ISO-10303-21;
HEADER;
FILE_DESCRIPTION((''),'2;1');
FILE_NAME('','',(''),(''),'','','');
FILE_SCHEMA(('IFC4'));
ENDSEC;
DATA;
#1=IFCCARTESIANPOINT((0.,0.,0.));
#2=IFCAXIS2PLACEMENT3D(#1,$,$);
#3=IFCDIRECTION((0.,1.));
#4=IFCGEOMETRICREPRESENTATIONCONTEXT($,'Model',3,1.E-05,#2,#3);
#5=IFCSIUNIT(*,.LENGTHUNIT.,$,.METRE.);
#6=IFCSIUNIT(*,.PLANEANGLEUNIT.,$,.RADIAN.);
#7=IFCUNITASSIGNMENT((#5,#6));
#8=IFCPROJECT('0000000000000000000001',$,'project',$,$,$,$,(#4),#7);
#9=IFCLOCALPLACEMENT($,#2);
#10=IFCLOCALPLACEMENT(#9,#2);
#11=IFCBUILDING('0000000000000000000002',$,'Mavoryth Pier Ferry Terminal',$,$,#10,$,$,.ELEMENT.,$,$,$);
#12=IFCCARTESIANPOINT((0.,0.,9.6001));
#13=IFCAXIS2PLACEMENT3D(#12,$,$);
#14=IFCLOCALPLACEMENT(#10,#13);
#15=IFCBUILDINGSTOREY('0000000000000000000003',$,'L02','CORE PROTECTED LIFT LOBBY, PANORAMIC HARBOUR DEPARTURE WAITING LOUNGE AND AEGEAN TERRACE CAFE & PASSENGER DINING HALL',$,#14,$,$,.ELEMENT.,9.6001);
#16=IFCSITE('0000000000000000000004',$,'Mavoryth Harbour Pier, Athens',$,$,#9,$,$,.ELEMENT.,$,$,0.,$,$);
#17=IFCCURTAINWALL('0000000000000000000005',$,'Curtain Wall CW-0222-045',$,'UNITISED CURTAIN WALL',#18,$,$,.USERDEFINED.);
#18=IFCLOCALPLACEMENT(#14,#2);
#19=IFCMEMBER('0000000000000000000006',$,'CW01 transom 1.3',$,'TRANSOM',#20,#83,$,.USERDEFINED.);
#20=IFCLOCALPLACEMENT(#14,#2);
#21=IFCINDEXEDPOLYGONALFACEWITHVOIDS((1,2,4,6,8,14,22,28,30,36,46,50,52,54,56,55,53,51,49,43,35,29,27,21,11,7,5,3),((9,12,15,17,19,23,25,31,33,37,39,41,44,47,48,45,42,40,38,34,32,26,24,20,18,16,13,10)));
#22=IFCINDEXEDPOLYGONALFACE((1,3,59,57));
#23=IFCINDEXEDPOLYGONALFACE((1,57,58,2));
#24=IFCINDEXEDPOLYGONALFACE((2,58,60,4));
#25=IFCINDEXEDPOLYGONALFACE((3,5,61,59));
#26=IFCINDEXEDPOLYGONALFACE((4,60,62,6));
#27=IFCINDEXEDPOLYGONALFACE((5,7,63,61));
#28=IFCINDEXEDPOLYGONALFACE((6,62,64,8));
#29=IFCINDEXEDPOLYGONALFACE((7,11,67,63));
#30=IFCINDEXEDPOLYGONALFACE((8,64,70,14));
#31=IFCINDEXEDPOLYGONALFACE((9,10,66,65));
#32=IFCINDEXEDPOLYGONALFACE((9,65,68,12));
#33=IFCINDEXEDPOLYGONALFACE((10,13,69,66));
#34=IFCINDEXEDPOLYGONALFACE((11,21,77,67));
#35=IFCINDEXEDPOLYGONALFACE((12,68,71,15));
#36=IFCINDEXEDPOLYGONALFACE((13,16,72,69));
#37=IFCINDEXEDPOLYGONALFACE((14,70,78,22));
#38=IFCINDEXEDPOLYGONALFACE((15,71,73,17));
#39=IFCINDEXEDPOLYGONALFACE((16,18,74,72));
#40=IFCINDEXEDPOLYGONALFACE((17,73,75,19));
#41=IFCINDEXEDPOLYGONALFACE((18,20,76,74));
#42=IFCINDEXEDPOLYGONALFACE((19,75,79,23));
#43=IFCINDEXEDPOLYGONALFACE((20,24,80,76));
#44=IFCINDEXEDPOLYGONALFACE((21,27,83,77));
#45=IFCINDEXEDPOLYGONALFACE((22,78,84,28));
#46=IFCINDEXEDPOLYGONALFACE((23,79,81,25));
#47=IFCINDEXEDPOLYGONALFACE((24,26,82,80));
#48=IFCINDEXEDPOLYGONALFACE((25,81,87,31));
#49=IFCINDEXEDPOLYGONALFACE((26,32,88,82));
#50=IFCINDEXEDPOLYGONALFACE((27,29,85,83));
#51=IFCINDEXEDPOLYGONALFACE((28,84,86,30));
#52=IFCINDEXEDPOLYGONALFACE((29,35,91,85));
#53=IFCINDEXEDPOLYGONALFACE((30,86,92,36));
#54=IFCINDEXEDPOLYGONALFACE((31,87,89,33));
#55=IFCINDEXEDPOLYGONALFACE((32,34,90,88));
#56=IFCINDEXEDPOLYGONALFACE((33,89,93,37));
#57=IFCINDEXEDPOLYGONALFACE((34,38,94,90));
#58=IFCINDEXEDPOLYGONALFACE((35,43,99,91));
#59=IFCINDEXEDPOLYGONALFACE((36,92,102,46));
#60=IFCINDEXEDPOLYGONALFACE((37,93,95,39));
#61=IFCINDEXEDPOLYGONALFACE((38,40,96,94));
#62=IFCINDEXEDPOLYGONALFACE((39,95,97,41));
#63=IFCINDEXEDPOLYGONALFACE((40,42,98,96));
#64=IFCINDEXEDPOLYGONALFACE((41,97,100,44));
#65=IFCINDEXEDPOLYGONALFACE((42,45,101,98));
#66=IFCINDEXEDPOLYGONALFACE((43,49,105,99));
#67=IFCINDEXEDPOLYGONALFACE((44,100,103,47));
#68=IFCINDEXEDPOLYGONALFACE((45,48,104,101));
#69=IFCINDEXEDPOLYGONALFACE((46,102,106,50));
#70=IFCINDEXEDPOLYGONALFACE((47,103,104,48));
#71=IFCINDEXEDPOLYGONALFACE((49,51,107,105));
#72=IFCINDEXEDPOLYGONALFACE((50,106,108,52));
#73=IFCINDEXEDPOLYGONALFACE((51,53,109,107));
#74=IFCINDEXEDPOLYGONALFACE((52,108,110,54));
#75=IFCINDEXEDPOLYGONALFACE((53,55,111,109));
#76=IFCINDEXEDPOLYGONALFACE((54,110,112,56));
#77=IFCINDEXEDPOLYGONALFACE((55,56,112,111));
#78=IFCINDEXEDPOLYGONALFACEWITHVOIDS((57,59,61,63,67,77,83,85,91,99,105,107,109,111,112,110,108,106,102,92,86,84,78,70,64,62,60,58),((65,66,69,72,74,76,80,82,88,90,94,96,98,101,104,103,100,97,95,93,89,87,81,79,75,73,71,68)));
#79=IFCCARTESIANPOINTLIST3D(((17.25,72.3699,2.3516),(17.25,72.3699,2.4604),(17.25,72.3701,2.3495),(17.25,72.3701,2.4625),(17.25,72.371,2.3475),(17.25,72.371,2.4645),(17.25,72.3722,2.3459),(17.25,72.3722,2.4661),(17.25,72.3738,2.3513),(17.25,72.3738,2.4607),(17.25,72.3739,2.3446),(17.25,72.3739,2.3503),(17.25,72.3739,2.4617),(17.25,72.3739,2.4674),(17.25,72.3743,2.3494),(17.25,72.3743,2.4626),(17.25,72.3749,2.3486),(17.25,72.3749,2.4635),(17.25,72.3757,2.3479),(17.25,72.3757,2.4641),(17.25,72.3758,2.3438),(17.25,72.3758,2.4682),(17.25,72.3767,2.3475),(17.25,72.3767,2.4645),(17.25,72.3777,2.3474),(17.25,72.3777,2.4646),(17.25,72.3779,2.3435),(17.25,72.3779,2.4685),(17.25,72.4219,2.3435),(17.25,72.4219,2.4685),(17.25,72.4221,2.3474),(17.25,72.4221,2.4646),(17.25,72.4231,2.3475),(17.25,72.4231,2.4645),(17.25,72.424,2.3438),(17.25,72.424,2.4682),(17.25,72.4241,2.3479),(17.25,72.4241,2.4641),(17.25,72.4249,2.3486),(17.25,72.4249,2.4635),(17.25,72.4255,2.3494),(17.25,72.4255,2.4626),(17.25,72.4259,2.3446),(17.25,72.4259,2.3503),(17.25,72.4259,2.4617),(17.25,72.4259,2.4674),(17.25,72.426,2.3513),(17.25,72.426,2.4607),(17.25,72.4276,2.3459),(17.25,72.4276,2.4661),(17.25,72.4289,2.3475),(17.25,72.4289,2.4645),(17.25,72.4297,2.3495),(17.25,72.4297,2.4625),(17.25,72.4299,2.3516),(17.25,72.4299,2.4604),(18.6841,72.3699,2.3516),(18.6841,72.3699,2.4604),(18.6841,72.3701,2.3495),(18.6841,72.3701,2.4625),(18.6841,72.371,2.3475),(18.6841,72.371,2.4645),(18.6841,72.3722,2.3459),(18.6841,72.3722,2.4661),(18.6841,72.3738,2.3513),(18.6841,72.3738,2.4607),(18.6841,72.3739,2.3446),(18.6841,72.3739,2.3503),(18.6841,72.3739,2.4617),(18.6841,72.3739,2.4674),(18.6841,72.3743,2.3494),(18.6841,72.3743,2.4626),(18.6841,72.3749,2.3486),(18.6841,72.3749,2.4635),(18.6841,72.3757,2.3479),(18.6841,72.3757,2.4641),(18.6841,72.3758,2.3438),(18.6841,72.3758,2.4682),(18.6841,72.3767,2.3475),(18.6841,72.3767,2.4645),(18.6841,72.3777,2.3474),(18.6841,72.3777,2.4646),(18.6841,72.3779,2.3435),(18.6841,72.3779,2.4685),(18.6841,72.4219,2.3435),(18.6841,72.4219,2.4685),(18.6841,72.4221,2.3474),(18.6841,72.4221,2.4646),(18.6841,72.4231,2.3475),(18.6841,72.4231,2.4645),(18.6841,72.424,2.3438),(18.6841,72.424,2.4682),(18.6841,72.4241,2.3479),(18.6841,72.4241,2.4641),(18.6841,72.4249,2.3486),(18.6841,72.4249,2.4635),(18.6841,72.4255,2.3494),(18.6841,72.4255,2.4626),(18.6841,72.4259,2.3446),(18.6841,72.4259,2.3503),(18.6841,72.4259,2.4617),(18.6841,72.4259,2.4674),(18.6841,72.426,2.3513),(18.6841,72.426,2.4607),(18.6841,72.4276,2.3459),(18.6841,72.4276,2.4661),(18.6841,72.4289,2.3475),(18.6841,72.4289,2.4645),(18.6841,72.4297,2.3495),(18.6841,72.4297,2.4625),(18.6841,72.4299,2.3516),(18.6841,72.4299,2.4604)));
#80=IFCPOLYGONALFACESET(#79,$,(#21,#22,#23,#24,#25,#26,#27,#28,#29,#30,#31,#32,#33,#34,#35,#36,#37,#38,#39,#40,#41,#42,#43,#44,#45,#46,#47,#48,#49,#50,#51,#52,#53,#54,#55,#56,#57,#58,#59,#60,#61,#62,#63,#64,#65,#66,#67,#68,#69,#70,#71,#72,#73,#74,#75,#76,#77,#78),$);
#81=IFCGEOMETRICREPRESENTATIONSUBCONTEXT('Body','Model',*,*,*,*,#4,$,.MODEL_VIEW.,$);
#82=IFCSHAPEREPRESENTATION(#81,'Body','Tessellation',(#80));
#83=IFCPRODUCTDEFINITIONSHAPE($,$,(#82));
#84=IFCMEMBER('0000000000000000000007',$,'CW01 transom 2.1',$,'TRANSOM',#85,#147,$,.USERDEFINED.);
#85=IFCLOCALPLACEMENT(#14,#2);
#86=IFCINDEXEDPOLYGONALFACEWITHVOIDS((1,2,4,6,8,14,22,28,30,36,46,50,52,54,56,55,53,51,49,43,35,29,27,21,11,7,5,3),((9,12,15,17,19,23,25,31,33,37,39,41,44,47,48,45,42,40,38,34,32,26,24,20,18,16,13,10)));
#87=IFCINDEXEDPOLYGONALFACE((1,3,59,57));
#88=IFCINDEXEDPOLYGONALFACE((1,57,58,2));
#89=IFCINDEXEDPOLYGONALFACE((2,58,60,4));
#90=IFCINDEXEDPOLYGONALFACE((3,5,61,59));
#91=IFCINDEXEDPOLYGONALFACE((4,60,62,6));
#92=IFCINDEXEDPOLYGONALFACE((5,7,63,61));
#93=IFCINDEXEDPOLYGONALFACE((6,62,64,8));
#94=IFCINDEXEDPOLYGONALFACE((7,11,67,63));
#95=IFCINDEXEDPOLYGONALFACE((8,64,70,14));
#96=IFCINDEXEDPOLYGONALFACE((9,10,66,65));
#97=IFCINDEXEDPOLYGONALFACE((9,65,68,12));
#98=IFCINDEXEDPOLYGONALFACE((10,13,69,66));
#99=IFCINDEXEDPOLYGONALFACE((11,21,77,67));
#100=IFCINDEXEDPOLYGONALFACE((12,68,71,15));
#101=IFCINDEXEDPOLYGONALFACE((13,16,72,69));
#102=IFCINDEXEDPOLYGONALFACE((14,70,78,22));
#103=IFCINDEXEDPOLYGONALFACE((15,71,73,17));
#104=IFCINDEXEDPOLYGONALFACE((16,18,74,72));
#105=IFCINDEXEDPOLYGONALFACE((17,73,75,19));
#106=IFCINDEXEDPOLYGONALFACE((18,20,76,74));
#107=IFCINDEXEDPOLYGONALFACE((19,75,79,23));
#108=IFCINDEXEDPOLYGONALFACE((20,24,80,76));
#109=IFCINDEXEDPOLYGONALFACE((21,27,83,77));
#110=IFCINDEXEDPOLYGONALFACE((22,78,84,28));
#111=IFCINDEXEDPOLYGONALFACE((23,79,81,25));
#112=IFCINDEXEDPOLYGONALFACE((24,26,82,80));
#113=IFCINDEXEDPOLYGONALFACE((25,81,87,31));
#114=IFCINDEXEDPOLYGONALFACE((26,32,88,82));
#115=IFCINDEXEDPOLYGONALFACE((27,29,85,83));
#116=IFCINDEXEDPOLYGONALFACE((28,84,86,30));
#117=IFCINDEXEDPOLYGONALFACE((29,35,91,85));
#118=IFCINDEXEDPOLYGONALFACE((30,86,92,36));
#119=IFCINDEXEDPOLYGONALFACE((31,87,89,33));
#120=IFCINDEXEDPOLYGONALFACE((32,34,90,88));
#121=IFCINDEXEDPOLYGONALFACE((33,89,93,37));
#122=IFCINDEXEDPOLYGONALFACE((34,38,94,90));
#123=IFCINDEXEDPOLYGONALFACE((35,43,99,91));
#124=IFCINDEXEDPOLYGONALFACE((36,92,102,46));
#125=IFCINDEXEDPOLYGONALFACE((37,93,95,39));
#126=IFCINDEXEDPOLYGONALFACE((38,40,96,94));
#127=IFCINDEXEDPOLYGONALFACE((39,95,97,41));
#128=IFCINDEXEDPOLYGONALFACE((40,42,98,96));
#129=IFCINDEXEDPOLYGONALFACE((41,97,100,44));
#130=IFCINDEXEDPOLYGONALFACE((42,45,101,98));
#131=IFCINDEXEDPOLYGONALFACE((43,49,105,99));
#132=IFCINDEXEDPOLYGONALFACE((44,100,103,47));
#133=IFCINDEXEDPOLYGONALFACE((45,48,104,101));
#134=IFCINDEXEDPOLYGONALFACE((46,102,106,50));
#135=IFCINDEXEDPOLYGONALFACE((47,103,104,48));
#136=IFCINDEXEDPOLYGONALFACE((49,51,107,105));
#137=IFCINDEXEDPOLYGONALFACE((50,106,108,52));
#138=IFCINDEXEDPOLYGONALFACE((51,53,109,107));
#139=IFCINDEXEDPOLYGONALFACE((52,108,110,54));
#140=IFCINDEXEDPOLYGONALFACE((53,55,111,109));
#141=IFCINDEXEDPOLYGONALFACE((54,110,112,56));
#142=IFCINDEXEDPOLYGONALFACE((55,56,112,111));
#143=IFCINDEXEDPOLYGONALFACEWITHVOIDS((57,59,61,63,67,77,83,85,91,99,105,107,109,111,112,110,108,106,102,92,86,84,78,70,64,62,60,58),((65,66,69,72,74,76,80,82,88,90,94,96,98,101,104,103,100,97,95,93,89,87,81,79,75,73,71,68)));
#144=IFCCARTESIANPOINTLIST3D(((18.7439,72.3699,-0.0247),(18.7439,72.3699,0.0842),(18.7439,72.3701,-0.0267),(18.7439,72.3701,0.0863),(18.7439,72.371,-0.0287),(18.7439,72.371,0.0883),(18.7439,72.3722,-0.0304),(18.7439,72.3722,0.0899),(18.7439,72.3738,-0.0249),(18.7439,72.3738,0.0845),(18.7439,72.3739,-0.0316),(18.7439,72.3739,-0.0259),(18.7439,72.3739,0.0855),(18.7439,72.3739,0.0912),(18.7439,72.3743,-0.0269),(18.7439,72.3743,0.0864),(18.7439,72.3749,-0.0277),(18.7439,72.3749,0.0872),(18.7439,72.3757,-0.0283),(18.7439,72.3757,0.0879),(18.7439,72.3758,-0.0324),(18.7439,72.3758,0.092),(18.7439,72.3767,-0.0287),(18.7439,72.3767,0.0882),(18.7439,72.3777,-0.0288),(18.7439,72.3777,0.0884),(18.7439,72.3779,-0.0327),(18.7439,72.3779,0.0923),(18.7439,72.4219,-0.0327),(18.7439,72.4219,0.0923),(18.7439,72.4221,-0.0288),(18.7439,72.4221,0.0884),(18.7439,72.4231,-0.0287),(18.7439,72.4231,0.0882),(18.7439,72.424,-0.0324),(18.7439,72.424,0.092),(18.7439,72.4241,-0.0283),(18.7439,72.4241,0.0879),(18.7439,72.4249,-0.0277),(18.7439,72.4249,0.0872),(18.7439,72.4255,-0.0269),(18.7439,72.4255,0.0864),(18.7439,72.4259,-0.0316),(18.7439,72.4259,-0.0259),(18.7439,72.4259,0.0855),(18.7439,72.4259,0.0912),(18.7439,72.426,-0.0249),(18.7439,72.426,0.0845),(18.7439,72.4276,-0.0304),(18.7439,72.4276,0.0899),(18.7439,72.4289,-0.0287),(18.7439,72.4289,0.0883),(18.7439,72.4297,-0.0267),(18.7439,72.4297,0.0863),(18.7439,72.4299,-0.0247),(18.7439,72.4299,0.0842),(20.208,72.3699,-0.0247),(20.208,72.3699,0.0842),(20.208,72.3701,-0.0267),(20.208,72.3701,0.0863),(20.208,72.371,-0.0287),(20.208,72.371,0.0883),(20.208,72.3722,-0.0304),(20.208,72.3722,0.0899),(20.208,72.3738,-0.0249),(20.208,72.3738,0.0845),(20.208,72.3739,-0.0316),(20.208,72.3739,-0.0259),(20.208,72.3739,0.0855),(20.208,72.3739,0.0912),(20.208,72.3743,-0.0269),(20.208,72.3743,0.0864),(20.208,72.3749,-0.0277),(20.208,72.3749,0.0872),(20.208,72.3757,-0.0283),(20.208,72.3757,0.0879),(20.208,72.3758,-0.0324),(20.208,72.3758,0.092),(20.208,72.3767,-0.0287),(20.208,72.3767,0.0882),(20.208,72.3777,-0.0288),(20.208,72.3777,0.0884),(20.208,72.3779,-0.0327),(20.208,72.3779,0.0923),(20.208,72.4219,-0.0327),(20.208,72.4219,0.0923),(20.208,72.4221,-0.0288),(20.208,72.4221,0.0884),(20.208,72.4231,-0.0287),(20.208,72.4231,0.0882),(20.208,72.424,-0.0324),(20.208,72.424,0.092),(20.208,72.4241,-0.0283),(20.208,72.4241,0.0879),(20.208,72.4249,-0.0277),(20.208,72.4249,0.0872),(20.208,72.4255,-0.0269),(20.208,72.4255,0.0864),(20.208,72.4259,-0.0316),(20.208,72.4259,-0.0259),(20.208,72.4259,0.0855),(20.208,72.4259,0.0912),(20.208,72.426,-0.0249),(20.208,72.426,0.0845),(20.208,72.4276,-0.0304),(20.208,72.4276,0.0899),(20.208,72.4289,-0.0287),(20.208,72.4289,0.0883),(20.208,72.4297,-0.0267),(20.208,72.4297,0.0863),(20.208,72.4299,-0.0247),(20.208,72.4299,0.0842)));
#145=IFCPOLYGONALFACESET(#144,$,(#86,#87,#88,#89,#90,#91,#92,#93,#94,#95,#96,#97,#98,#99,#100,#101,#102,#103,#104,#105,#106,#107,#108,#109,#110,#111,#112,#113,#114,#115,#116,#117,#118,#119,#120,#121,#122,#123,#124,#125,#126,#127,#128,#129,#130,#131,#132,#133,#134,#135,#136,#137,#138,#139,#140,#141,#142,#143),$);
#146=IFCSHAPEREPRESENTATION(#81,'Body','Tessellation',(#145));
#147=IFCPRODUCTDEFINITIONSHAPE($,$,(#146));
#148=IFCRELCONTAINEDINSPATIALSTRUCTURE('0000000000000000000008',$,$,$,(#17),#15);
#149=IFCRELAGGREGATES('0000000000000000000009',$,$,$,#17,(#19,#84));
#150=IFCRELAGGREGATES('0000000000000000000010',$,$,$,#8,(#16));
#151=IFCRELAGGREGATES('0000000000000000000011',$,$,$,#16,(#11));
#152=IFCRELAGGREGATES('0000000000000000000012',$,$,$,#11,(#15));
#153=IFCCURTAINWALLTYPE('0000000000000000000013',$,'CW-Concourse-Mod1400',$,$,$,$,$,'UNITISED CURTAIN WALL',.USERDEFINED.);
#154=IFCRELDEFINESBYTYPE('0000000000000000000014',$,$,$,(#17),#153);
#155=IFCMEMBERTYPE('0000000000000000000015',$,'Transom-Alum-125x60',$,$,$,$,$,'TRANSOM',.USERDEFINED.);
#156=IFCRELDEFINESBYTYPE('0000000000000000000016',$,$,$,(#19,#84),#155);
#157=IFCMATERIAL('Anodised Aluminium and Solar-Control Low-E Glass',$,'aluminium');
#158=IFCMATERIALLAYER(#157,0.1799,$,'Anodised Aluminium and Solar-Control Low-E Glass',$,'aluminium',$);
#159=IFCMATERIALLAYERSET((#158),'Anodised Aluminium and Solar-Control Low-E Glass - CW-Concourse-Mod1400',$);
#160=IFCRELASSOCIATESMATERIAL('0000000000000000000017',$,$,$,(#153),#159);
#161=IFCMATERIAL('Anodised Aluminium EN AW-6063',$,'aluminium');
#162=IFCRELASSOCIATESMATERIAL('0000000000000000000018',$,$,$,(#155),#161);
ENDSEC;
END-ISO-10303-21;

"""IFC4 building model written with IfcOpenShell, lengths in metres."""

from ifc_helpers import new_model, si_unit, direction, frame, origin, origin_2d, place, context, subcontext, project, spatial, hollow_rectangle, extrude, material, layer, layer_set, material_profile, profile_set, type_object, element, aggregate, save


model = new_model("IFC4")

# Units and contexts
model_context = context("Model", 3, precision=1e-05, world=origin(), true_north=direction((0.0, 1.0)))
body_context = subcontext(model_context, "Body", "Model", "MODEL_VIEW")
ifc_project = project(units=[si_unit("LENGTHUNIT", "METRE"), si_unit("PLANEANGLEUNIT", "RADIAN")], contexts=[model_context])

# Site, building, storey
site_placement = place(None, origin())
site = spatial("IfcSite", under=ifc_project, at=site_placement, Name="Mavoryth Harbour Pier, Athens", CompositionType="ELEMENT", RefElevation=0.0)
building_placement = place(site_placement, origin())
building = spatial("IfcBuilding", under=site, at=building_placement, Name="Mavoryth Pier Ferry Terminal", CompositionType="ELEMENT")
storey_placement = place(building_placement, frame((0.0, 0.0, 9.6001)))
storey = spatial("IfcBuildingStorey", under=building, at=storey_placement, Name="L02", Description="CORE PROTECTED LIFT LOBBY, PANORAMIC HARBOUR DEPARTURE WAITING LOUNGE AND AEGEAN TERRACE CAFE & PASSENGER DINING HALL", CompositionType="ELEMENT", Elevation=9.6001)

# Curtain wall
ifc_material_1 = material(Name="Anodised Aluminium and Solar-Control Low-E Glass", Category="aluminium")
ifc_layer_1 = layer(ifc_material_1, 0.1799, Name="Anodised Aluminium and Solar-Control Low-E Glass", Category="aluminium")
ifc_layer_set_1 = layer_set([ifc_layer_1], Name="Anodised Aluminium and Solar-Control Low-E Glass - CW-Concourse-Mod1400")
curtain_wall_type = type_object("IfcCurtainWallType", Name="CW-Concourse-Mod1400", ElementType="UNITISED CURTAIN WALL", PredefinedType="USERDEFINED", material=ifc_layer_set_1)
curtain_wall_placement = place(storey_placement, origin())
curtain_wall = element("IfcCurtainWall", 1, at=curtain_wall_placement, inside=storey, type_object=curtain_wall_type, Name="Curtain Wall CW-0222-045", ObjectType="UNITISED CURTAIN WALL", PredefinedType="USERDEFINED")
ifc_material_2 = material(Name="Anodised Aluminium EN AW-6063", Category="aluminium")

# Members
ifc_material_profile_1 = material_profile(ifc_material_2, hollow_rectangle(XDim=0.0601, YDim=0.125, WallThickness=0.0039, InnerFilletRadius=0.0039, OuterFilletRadius=0.0081, at=origin_2d()), Name="AL-TRAN 125x60x4", Category="aluminium")
ifc_profile_set_1 = profile_set([ifc_material_profile_1], Name="Anodised Aluminium EN AW-6063 - AL-TRAN 125x60x4")
member_type_1 = type_object("IfcMemberType", Name="Transom-Alum-125x60", ElementType="TRANSOM", PredefinedType="USERDEFINED", material=ifc_profile_set_1)
member_1_placement = place(storey_placement, frame((17.25, 72.3999, 2.406), z_axis=(1.0, 0.0, 0.0), x_axis=(0.0, 1.0, 0.0)))
member_1 = element("IfcMember", 2, at=member_1_placement, type_object=member_type_1, Name="CW01 transom 1.3", ObjectType="TRANSOM", PredefinedType="USERDEFINED", context=body_context, shape_type="SweptSolid", body=[
    extrude(hollow_rectangle(XDim=0.0601, YDim=0.125, WallThickness=0.0039, InnerFilletRadius=0.0039, OuterFilletRadius=0.0081, at=origin_2d()), origin(), (0.0, 0.0, 1.0), 1.4341),
])
member_2_placement = place(storey_placement, frame((18.7439, 72.3999, 0.0298), z_axis=(1.0, 0.0, 0.0), x_axis=(0.0, 1.0, 0.0)))
member_2 = element("IfcMember", 3, at=member_2_placement, type_object=member_type_1, Name="CW01 transom 2.1", ObjectType="TRANSOM", PredefinedType="USERDEFINED", context=body_context, shape_type="SweptSolid", body=[
    extrude(hollow_rectangle(XDim=0.0601, YDim=0.125, WallThickness=0.0039, InnerFilletRadius=0.0039, OuterFilletRadius=0.0081, at=origin_2d()), origin(), (0.0, 0.0, 1.0), 1.4641),
])

aggregate(curtain_wall, [member_1, member_2])

save(model, "model.ifc")
